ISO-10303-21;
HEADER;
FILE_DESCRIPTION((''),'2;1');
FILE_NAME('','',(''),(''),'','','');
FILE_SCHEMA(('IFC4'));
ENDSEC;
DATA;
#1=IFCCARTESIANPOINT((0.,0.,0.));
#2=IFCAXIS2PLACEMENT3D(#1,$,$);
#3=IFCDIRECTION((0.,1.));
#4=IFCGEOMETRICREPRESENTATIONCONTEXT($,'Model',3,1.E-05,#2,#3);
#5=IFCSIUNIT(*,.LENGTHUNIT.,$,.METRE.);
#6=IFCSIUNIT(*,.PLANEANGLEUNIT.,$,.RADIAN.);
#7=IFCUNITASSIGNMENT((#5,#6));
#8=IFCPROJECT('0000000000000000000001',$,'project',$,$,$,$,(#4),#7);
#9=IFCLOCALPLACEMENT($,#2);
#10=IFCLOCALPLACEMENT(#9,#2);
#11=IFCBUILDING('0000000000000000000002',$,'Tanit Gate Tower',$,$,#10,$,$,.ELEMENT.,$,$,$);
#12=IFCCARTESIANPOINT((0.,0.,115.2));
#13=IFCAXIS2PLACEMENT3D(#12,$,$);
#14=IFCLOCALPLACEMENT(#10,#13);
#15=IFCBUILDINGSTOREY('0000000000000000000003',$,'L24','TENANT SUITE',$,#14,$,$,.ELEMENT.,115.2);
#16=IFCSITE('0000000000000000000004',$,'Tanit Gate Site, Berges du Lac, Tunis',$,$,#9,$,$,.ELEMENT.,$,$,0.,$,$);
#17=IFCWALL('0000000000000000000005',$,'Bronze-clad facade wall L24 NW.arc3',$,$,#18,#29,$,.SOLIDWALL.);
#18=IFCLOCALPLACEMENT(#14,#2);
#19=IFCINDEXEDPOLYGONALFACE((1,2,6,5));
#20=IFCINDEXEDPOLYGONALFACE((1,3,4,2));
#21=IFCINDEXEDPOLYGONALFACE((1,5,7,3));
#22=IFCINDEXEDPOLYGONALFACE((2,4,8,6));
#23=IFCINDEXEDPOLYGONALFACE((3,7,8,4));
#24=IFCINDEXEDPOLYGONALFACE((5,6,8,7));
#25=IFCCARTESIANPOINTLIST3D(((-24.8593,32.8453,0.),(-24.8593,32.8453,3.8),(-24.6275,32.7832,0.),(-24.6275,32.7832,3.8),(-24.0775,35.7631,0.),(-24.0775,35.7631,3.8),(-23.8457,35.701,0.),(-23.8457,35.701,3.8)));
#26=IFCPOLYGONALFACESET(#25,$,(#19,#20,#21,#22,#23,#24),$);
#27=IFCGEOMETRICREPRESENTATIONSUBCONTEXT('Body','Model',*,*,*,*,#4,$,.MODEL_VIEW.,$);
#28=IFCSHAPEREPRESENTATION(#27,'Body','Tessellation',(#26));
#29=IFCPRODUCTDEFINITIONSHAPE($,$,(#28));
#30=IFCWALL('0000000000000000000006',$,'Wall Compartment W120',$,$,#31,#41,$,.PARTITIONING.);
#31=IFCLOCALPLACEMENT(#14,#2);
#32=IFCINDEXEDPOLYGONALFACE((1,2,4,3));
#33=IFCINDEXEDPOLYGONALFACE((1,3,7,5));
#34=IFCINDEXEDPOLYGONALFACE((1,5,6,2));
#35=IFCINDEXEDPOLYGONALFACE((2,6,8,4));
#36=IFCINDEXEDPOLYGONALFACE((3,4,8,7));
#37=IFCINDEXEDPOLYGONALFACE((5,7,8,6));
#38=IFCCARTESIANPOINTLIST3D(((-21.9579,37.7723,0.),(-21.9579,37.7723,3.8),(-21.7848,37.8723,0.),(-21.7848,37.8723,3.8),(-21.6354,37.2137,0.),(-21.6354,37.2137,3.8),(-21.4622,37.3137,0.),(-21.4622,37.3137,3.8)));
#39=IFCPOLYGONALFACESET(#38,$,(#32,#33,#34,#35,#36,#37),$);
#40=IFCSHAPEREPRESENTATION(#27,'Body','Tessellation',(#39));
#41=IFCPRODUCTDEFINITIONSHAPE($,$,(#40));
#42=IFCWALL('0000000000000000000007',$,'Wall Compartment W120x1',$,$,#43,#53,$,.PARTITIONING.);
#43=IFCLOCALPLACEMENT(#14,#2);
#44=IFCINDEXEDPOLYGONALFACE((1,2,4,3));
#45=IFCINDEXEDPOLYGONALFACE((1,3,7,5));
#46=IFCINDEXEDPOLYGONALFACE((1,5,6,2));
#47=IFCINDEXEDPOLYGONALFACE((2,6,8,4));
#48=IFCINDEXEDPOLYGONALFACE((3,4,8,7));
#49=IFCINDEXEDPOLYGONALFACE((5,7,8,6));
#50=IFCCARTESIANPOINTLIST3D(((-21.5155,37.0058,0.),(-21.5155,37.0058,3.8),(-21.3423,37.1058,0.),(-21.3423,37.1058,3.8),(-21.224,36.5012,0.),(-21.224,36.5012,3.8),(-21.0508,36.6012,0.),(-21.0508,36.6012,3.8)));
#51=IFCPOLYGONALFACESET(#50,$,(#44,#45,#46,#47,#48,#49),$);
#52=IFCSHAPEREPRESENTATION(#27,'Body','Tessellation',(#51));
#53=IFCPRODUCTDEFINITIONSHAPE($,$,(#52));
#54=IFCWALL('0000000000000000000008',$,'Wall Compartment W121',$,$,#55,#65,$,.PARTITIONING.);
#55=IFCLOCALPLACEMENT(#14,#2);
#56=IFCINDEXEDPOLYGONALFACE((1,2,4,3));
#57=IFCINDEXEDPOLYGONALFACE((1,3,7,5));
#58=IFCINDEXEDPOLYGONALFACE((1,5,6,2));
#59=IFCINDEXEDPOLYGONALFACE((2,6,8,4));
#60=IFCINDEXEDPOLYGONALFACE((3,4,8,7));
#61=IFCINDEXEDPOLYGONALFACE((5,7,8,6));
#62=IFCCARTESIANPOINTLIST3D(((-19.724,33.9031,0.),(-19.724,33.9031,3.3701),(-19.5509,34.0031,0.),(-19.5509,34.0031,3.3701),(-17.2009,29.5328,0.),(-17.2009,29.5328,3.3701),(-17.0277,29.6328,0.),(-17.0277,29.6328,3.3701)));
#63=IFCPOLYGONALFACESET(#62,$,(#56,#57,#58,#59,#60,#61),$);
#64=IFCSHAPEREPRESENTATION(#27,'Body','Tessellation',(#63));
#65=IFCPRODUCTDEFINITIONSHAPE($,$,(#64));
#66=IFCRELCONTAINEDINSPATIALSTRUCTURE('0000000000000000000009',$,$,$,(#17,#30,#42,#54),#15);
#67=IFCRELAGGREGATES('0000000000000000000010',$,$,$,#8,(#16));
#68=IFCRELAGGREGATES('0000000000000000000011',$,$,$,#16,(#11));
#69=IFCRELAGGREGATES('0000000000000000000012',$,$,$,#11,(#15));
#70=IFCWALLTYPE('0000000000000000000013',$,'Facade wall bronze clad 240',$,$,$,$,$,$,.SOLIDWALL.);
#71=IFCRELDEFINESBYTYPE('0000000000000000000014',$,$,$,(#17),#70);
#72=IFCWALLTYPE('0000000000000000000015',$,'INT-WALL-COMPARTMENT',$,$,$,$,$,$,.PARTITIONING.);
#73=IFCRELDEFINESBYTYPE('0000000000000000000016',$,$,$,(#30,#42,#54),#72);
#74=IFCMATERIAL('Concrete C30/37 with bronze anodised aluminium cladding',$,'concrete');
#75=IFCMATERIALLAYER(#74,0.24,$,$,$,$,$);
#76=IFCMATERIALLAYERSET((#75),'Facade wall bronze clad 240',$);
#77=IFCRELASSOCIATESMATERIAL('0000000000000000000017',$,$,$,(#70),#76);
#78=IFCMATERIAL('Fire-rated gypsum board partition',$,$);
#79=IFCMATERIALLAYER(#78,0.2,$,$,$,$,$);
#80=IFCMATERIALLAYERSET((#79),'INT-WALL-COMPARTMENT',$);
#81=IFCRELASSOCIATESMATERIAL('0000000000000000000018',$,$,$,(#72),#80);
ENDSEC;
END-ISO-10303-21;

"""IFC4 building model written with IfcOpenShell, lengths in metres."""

from ifc_helpers import new_model, si_unit, direction, frame, frame_2d, origin, place, context, subcontext, project, spatial, rectangle, extrude, material, layer, layer_set, type_object, element, save


model = new_model("IFC4")

# Units and contexts
model_context = context("Model", 3, precision=1e-05, world=origin(), true_north=direction((0.0, 1.0)))
body_context = subcontext(model_context, "Body", "Model", "MODEL_VIEW")
ifc_project = project(units=[si_unit("LENGTHUNIT", "METRE"), si_unit("PLANEANGLEUNIT", "RADIAN")], contexts=[model_context])

# Site, building, storey
site_placement = place(None, origin())
site = spatial("IfcSite", under=ifc_project, at=site_placement, Name="Tanit Gate Site, Berges du Lac, Tunis", CompositionType="ELEMENT", RefElevation=0.0)
building_placement = place(site_placement, origin())
building = spatial("IfcBuilding", under=site, at=building_placement, Name="Tanit Gate Tower", CompositionType="ELEMENT")
storey_placement = place(building_placement, frame((0.0, 0.0, 115.2)))
storey = spatial("IfcBuildingStorey", under=building, at=storey_placement, Name="L24", Description="TENANT SUITE", CompositionType="ELEMENT", Elevation=115.2)

# Walls
ifc_material_1 = material(Name="Concrete C30/37 with bronze anodised aluminium cladding", Category="concrete")
ifc_layer_1 = layer(ifc_material_1, 0.24)
ifc_layer_set_1 = layer_set([ifc_layer_1], Name="Facade wall bronze clad 240")
wall_type_1 = type_object("IfcWallType", Name="Facade wall bronze clad 240", PredefinedType="SOLIDWALL", material=ifc_layer_set_1)
wall_1_placement = place(storey_placement, frame((-23.9617, 35.7319, 0.0), z_axis=(0.0, 0.0, 1.0), x_axis=(-0.258799, -0.965931, 0.0)))
element("IfcWall", 1, at=wall_1_placement, inside=storey, type_object=wall_type_1, Name="Bronze-clad facade wall L24 NW.arc3", PredefinedType="SOLIDWALL", context=body_context, shape_type="SweptSolid", body=[
    extrude(rectangle(XDim=3.0208, YDim=0.24, at=frame_2d((1.5103, 0.0))), origin(), (0.0, 0.0, 1.0), 3.8),
])
ifc_material_2 = material(Name="Fire-rated gypsum board partition")
ifc_layer_2 = layer(ifc_material_2, 0.2)
ifc_layer_set_2 = layer_set([ifc_layer_2], Name="INT-WALL-COMPARTMENT")
wall_type_2 = type_object("IfcWallType", Name="INT-WALL-COMPARTMENT", PredefinedType="PARTITIONING", material=ifc_layer_set_2)
wall_2_placement = place(storey_placement, frame((-21.8713, 37.8223, 0.0), z_axis=(0.0, 0.0, 1.0), x_axis=(0.500006, -0.866022, 0.0)))
element("IfcWall", 2, at=wall_2_placement, inside=storey, type_object=wall_type_2, Name="Wall Compartment W120", PredefinedType="PARTITIONING", context=body_context, shape_type="SweptSolid", body=[
    extrude(rectangle(XDim=0.645, YDim=0.2, at=frame_2d((0.3225, 0.0))), origin(), (0.0, 0.0, 1.0), 3.8),
])
wall_3_placement = place(storey_placement, frame((-21.429, 37.0559, 0.0), z_axis=(0.0, 0.0, 1.0), x_axis=(0.500194, -0.865913, 0.0)))
element("IfcWall", 3, at=wall_3_placement, inside=storey, type_object=wall_type_2, Name="Wall Compartment W120x1", PredefinedType="PARTITIONING", context=body_context, shape_type="SweptSolid", body=[
    extrude(rectangle(XDim=0.5828, YDim=0.2, at=frame_2d((0.2915, 0.0))), origin(), (0.0, 0.0, 1.0), 3.8),
])
wall_4_placement = place(storey_placement, frame((-19.6375, 33.9531, 0.0), z_axis=(0.0, 0.0, 1.0), x_axis=(0.499995, -0.866028, 0.0)))
element("IfcWall", 4, at=wall_4_placement, inside=storey, type_object=wall_type_2, Name="Wall Compartment W121", PredefinedType="PARTITIONING", context=body_context, shape_type="SweptSolid", body=[
    extrude(rectangle(XDim=5.0464, YDim=0.2, at=frame_2d((2.5232, 0.0))), origin(), (0.0, 0.0, 1.0), 3.3701),
])

save(model, "model.ifc")
